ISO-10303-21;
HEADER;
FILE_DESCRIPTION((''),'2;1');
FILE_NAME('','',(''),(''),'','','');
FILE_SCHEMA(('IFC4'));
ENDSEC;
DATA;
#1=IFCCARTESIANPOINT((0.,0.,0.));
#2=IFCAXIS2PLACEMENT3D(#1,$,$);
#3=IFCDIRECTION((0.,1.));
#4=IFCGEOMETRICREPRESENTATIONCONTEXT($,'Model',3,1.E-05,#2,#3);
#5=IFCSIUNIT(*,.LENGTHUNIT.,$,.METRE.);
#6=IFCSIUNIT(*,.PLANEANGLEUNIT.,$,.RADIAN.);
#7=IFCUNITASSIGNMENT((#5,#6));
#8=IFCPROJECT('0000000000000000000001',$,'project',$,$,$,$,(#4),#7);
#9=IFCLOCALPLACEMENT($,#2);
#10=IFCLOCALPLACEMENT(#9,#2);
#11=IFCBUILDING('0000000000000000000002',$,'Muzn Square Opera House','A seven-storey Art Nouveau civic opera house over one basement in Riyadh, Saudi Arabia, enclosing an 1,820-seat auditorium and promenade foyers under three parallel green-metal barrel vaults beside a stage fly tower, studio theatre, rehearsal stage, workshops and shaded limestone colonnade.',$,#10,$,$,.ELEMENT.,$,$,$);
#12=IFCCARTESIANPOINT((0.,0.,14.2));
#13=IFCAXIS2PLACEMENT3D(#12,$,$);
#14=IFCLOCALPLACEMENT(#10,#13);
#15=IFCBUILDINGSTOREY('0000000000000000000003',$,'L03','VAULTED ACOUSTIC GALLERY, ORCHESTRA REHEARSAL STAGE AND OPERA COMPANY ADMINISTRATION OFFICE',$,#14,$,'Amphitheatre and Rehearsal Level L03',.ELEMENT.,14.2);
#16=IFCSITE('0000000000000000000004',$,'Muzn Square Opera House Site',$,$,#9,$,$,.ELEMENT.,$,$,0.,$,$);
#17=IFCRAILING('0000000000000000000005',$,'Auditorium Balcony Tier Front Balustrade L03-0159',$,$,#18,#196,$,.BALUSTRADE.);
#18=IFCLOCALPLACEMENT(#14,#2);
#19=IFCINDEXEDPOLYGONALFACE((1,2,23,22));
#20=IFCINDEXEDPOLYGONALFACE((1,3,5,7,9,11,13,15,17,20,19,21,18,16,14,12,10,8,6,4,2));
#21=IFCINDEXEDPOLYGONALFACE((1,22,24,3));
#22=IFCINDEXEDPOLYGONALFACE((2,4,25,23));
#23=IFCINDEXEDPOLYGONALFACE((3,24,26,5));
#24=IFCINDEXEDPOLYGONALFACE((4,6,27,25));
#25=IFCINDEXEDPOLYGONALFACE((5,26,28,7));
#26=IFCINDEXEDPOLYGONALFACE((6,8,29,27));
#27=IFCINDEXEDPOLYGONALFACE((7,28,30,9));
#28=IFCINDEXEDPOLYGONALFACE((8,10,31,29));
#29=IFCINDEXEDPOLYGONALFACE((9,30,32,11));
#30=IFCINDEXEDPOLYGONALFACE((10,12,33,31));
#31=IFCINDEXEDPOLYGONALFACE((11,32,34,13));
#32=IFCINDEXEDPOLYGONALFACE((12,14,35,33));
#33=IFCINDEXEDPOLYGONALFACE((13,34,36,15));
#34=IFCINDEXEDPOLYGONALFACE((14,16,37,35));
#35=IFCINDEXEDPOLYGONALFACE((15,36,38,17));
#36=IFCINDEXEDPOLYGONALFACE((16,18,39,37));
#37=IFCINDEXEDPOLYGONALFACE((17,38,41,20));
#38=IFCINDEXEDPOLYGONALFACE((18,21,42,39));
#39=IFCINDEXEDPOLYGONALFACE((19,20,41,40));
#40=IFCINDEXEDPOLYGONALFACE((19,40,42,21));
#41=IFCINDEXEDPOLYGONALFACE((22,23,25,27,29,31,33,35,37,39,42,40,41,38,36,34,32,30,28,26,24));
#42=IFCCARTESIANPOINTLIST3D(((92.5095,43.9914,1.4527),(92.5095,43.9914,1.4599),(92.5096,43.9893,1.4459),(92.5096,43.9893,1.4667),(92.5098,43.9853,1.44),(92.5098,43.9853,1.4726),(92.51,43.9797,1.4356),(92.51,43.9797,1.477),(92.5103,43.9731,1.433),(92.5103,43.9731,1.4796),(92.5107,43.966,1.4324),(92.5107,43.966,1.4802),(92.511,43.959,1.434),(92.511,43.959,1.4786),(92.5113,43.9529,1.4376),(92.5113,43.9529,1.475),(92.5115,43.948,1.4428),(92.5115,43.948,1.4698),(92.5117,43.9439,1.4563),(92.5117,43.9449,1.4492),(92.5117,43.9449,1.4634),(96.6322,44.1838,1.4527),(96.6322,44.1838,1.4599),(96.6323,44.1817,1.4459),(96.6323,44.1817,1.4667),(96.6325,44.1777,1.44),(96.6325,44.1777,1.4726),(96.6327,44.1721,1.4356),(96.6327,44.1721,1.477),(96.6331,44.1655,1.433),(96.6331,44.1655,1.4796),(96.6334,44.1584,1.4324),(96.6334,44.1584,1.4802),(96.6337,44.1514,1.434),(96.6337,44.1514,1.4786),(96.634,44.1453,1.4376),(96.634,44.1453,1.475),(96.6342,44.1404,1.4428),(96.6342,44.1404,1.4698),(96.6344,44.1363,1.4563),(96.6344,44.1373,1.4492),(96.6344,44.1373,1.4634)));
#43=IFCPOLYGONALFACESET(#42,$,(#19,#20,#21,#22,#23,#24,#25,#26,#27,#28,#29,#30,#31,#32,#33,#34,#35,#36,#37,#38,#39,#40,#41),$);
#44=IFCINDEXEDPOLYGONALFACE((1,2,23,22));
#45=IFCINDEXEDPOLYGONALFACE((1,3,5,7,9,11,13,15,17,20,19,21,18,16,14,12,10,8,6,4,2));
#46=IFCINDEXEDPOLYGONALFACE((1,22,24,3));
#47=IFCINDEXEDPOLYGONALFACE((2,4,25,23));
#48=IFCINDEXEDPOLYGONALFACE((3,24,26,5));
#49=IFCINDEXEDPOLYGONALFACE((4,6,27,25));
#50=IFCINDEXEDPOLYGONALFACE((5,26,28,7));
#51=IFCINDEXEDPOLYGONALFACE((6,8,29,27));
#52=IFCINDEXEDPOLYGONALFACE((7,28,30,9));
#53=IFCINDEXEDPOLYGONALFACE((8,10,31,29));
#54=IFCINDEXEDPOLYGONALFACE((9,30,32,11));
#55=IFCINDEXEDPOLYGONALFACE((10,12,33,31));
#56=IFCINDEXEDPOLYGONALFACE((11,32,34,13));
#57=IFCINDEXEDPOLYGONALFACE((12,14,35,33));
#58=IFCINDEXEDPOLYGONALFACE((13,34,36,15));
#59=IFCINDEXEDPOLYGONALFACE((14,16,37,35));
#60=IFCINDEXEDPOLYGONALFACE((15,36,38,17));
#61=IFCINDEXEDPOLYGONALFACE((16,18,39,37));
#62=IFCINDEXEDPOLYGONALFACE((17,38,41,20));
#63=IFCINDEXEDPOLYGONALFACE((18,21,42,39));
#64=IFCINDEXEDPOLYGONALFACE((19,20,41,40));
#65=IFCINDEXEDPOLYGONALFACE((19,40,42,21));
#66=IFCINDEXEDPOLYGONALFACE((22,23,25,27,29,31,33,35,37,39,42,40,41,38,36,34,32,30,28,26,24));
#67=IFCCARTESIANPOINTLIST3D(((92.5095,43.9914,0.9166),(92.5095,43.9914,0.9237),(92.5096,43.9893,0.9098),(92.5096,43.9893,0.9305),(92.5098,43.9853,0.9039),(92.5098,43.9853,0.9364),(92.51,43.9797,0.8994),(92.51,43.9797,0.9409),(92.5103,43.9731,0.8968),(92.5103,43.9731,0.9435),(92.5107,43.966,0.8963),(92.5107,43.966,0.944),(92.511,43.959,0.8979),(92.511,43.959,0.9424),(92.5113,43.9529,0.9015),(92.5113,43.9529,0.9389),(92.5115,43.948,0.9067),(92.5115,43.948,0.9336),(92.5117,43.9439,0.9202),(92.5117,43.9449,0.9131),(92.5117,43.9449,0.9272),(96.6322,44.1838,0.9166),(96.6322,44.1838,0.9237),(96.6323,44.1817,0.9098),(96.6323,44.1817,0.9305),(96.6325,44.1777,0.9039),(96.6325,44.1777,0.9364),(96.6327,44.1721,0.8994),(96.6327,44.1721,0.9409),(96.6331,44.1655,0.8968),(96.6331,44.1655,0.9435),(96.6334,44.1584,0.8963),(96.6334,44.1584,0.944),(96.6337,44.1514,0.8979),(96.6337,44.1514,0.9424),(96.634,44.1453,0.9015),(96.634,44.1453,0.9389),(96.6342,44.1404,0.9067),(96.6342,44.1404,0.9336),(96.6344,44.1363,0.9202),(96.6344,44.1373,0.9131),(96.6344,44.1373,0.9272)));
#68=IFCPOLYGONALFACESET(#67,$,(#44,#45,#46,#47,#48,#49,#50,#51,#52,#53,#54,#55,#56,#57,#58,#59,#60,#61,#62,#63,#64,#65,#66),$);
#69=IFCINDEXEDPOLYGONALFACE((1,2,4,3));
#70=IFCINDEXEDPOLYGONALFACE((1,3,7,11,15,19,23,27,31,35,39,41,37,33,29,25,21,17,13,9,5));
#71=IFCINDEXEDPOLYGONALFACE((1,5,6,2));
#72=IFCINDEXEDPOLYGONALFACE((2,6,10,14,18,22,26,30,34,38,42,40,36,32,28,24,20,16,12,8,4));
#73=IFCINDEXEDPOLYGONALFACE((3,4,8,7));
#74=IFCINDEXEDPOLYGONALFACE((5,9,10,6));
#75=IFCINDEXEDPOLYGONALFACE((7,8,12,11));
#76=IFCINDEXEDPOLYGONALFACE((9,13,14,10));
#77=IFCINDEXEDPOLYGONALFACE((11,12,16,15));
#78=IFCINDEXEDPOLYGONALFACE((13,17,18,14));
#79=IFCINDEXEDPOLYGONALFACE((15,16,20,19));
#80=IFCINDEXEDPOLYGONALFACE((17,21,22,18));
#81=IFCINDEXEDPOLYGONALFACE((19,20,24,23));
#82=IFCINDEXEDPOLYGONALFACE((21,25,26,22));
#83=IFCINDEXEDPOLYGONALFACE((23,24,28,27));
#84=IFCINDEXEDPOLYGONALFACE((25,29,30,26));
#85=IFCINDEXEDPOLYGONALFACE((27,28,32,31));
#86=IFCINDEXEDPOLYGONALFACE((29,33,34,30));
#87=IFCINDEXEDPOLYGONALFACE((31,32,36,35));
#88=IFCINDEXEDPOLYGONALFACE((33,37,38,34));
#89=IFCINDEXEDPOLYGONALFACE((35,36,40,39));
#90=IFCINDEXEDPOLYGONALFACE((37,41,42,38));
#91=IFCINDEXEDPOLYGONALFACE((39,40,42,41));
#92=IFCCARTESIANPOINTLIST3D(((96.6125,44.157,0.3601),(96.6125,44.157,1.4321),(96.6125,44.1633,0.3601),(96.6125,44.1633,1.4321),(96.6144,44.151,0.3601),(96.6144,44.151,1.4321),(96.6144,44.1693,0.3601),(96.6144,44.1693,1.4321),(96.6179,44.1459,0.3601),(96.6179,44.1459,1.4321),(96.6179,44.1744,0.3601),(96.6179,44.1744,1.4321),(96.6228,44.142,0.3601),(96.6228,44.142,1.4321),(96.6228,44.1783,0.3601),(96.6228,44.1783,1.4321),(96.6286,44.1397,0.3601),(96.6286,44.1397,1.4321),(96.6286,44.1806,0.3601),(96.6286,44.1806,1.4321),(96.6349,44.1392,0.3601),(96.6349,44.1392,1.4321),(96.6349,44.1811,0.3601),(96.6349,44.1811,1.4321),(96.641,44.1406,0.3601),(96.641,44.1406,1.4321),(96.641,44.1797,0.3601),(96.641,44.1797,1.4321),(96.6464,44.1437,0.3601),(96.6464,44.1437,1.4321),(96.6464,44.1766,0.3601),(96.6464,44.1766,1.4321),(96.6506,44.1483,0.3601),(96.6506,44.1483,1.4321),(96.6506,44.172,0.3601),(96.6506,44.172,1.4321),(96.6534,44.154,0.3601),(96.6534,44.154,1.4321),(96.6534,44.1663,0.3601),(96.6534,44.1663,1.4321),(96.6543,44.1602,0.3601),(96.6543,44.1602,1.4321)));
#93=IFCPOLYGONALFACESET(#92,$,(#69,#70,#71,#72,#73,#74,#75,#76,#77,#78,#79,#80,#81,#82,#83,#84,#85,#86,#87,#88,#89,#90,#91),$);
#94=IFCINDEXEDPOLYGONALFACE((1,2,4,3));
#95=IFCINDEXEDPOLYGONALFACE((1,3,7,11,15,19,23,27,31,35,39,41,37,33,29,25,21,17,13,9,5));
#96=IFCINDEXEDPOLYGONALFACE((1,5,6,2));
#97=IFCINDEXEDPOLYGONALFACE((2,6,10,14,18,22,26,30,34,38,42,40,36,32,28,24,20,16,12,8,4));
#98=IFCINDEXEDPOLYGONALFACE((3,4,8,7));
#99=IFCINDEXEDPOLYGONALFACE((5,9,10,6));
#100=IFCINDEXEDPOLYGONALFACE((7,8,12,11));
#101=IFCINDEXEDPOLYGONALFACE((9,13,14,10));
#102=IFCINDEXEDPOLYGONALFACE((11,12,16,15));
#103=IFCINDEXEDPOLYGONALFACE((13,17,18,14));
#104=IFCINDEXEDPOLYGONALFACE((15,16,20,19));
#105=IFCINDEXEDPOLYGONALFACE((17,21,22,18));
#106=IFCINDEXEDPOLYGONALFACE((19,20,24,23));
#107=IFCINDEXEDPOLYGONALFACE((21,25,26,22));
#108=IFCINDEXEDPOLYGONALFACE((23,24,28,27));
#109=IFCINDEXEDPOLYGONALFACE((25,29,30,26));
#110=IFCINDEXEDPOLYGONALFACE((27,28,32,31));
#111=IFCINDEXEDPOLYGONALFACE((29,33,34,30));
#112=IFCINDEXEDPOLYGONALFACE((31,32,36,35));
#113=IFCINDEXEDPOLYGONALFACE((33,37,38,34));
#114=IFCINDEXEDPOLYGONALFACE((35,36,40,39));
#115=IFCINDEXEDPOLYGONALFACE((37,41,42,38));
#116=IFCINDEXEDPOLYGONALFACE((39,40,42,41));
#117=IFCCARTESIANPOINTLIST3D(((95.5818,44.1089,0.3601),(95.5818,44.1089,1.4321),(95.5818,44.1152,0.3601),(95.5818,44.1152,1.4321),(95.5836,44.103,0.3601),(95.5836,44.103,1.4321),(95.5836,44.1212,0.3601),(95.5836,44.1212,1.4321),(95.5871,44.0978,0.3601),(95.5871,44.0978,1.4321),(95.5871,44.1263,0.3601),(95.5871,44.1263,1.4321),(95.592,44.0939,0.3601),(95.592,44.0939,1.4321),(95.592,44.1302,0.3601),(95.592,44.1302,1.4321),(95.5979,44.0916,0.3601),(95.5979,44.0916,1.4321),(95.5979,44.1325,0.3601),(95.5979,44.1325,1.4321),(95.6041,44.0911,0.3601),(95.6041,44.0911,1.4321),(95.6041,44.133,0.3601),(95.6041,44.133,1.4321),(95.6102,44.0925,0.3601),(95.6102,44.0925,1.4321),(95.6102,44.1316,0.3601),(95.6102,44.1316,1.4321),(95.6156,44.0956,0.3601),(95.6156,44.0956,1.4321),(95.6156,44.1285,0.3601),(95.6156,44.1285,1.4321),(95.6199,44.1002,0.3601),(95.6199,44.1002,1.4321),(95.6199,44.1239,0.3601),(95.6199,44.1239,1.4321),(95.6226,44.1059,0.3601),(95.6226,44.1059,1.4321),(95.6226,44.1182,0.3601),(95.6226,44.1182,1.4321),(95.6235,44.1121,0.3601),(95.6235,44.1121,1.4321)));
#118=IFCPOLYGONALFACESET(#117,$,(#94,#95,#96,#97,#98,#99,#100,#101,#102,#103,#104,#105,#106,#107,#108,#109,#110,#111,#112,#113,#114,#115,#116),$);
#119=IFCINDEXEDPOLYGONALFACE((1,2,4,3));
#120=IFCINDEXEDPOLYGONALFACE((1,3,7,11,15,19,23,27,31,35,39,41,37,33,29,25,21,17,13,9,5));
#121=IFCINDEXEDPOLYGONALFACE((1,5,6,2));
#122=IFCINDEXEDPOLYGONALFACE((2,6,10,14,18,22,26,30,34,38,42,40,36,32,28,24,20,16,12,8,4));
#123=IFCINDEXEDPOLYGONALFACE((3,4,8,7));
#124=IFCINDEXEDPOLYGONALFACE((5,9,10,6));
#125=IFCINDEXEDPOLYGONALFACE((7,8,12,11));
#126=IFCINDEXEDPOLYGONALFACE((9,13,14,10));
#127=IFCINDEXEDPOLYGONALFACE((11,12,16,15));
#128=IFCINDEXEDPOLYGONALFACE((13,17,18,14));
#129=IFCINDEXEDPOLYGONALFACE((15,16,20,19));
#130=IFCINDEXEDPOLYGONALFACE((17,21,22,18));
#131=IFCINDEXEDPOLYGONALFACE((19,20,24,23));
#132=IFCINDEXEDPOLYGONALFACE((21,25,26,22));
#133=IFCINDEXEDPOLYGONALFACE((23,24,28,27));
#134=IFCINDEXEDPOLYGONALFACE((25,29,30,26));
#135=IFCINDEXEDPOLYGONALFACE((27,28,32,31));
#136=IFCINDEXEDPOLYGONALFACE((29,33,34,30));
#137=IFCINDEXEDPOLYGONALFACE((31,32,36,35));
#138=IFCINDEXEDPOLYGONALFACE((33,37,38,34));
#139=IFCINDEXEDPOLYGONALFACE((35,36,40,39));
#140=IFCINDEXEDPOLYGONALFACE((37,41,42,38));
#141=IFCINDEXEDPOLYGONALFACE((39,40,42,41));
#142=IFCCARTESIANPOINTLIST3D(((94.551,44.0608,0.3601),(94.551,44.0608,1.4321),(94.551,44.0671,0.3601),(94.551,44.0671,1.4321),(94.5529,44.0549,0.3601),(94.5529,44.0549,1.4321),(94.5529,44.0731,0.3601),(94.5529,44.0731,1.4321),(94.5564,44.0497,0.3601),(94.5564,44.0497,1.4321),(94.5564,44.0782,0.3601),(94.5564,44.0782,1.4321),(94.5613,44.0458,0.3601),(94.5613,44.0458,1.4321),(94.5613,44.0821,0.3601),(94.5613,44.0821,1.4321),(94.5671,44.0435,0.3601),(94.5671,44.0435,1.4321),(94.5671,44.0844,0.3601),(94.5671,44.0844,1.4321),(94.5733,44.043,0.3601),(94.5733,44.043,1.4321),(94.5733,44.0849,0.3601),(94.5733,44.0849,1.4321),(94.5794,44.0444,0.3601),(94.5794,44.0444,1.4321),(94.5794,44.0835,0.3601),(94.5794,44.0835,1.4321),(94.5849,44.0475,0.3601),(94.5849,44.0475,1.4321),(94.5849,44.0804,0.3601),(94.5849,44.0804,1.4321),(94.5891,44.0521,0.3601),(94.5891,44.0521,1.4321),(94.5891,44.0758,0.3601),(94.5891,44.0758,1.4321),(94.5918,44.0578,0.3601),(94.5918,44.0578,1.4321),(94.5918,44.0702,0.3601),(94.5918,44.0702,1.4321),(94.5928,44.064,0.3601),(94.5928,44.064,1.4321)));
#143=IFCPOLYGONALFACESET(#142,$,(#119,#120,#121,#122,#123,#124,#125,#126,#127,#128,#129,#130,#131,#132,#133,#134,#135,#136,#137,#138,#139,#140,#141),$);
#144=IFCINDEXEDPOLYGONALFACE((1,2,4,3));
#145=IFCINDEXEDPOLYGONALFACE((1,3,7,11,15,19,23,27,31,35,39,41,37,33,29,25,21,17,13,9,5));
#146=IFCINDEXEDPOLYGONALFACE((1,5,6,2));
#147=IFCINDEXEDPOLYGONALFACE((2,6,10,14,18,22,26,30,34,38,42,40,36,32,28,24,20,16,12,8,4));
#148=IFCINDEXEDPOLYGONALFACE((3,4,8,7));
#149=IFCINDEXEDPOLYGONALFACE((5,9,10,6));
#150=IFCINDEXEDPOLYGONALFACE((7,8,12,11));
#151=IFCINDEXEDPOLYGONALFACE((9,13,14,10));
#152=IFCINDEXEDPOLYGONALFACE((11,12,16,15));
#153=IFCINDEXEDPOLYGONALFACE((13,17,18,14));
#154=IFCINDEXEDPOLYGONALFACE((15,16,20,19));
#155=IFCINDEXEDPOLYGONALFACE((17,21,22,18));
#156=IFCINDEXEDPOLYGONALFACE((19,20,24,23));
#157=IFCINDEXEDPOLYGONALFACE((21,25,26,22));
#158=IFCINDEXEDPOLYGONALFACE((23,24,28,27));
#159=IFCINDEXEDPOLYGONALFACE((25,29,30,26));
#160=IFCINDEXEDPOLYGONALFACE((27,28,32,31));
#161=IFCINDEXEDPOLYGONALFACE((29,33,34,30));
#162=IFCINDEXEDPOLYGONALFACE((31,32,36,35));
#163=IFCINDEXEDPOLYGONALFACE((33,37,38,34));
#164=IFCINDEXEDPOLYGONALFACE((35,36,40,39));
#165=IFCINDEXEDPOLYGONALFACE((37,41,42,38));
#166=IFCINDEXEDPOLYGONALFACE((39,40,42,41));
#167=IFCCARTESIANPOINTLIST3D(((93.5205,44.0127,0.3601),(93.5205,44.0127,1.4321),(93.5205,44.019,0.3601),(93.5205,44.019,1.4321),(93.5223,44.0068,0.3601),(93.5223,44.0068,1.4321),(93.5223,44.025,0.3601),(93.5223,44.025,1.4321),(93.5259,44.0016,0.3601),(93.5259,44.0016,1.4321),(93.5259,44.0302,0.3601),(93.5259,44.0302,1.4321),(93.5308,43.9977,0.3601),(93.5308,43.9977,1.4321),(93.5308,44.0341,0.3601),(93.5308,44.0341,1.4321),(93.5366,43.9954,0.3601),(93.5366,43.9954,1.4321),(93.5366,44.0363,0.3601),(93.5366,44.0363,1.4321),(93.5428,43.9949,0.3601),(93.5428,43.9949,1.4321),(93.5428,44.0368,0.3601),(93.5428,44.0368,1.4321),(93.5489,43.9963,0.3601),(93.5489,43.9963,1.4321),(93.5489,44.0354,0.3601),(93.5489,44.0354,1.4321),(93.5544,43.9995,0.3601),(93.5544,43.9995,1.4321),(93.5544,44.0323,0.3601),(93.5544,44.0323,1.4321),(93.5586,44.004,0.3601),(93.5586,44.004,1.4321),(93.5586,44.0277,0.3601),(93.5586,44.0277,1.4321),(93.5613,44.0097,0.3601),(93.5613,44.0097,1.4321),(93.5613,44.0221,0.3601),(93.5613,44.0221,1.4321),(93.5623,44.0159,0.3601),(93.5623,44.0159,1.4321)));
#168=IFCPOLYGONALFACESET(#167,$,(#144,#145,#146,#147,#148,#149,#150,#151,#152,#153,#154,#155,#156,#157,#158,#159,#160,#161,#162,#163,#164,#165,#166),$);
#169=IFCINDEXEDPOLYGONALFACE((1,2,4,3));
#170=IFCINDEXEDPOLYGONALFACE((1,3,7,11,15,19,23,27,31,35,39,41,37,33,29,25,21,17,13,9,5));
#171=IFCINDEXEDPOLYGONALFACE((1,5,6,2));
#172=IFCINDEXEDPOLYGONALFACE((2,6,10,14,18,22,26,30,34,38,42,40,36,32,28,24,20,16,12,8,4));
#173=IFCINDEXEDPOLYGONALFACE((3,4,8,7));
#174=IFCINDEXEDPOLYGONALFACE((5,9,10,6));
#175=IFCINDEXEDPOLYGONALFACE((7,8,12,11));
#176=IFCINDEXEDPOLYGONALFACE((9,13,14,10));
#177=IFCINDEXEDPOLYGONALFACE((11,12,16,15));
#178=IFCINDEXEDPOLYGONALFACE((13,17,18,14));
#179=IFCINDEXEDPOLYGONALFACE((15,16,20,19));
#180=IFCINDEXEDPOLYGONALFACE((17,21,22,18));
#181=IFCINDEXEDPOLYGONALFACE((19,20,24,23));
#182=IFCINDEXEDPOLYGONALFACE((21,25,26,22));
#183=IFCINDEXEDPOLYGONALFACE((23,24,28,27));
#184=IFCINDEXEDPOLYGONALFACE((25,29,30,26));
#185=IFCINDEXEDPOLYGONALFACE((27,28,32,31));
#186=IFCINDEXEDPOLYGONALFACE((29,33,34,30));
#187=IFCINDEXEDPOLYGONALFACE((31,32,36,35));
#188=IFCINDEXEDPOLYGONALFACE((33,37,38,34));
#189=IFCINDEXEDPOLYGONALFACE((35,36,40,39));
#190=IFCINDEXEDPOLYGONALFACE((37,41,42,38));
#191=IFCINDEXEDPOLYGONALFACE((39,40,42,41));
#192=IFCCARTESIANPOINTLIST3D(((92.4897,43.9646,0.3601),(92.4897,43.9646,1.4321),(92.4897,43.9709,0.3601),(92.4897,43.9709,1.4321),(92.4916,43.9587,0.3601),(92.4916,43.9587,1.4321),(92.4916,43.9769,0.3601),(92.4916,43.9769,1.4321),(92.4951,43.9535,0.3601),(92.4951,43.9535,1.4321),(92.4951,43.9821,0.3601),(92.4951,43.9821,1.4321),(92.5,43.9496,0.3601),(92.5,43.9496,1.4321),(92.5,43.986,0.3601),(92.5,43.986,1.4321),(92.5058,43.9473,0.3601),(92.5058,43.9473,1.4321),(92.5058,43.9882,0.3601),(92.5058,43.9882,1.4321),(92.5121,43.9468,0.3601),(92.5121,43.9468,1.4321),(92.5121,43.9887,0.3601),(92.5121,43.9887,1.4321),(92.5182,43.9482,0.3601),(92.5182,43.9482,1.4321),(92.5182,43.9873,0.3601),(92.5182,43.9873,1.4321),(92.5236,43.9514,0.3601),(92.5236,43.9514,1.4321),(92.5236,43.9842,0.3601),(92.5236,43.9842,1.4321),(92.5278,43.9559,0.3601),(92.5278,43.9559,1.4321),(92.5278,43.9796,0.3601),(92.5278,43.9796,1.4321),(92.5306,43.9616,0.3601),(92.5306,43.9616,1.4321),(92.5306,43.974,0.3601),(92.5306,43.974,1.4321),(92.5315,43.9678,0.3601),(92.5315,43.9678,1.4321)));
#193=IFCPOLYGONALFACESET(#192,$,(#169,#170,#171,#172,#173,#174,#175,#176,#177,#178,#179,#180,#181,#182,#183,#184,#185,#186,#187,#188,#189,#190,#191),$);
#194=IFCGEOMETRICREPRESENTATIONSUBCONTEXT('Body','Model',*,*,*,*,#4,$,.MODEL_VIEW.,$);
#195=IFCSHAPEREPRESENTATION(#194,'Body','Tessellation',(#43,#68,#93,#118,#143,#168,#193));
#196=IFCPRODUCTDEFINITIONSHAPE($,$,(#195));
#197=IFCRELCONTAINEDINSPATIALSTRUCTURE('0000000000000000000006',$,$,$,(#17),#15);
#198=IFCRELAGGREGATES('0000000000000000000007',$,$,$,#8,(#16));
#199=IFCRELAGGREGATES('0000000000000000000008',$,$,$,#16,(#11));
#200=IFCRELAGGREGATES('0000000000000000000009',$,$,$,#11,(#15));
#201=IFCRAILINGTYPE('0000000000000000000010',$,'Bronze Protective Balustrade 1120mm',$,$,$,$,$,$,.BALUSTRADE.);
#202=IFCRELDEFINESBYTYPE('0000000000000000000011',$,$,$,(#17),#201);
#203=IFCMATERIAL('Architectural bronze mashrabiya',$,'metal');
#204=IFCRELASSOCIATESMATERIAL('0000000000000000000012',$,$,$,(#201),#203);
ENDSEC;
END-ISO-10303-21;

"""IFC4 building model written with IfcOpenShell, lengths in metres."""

from ifc_helpers import new_model, si_unit, direction, frame, origin, origin_2d, place, context, subcontext, project, spatial, circle, extrude, material, type_object, element, save


model = new_model("IFC4")

# Units and contexts
model_context = context("Model", 3, precision=1e-05, world=origin(), true_north=direction((0.0, 1.0)))
body_context = subcontext(model_context, "Body", "Model", "MODEL_VIEW")
ifc_project = project(units=[si_unit("LENGTHUNIT", "METRE"), si_unit("PLANEANGLEUNIT", "RADIAN")], contexts=[model_context])

# Site, building, storey
site_placement = place(None, origin())
site = spatial("IfcSite", under=ifc_project, at=site_placement, Name="Muzn Square Opera House Site", CompositionType="ELEMENT", RefElevation=0.0)
building_placement = place(site_placement, origin())
building = spatial("IfcBuilding", under=site, at=building_placement, Name="Muzn Square Opera House", Description="A seven-storey Art Nouveau civic opera house over one basement in Riyadh, Saudi Arabia, enclosing an 1,820-seat auditorium and promenade foyers under three parallel green-metal barrel vaults beside a stage fly tower, studio theatre, rehearsal stage, workshops and shaded limestone colonnade.", CompositionType="ELEMENT")
storey_placement = place(building_placement, frame((0.0, 0.0, 14.2)))
storey = spatial("IfcBuildingStorey", under=building, at=storey_placement, Name="L03", Description="VAULTED ACOUSTIC GALLERY, ORCHESTRA REHEARSAL STAGE AND OPERA COMPANY ADMINISTRATION OFFICE", LongName="Amphitheatre and Rehearsal Level L03", CompositionType="ELEMENT", Elevation=14.2)

# Railing
ifc_material_1 = material(Name="Architectural bronze mashrabiya", Category="metal")
railing_type = type_object("IfcRailingType", Name="Bronze Protective Balustrade 1120mm", PredefinedType="BALUSTRADE", material=ifc_material_1)
railing_1_placement = place(storey_placement, frame((96.6333, 44.1602, 0.3601)))
element("IfcRailing", 1, at=railing_1_placement, inside=storey, type_object=railing_type, Name="Auditorium Balcony Tier Front Balustrade L03-0159", PredefinedType="BALUSTRADE", context=body_context, shape_type="SweptSolid", body=[
    extrude(circle(Radius=0.0239, at=origin_2d()), frame((0.0, 0.0, 1.0962), z_axis=(-0.998913, -0.046612, 0.0), x_axis=(0.046612, -0.998913, 0.0)), (0.0, 0.0, 1.0), 4.1272),
    extrude(circle(Radius=0.0239, at=origin_2d()), frame((0.0, 0.0, 0.5601), z_axis=(-0.998913, -0.046612, 0.0), x_axis=(0.046612, -0.998913, 0.0)), (0.0, 0.0, 1.0), 4.1272),
    extrude(circle(Radius=0.021, at=origin_2d()), origin(), (0.0, 0.0, 1.0), 1.072),
    extrude(circle(Radius=0.021, at=origin_2d()), frame((-1.0308, -0.0481, 0.0)), (0.0, 0.0, 1.0), 1.072),
    extrude(circle(Radius=0.021, at=origin_2d()), frame((-2.0615, -0.0962, 0.0)), (0.0, 0.0, 1.0), 1.072),
    extrude(circle(Radius=0.021, at=origin_2d()), frame((-3.092, -0.1443, 0.0)), (0.0, 0.0, 1.0), 1.072),
    extrude(circle(Radius=0.021, at=origin_2d()), frame((-4.1228, -0.1924, 0.0)), (0.0, 0.0, 1.0), 1.072),
])

save(model, "model.ifc")
